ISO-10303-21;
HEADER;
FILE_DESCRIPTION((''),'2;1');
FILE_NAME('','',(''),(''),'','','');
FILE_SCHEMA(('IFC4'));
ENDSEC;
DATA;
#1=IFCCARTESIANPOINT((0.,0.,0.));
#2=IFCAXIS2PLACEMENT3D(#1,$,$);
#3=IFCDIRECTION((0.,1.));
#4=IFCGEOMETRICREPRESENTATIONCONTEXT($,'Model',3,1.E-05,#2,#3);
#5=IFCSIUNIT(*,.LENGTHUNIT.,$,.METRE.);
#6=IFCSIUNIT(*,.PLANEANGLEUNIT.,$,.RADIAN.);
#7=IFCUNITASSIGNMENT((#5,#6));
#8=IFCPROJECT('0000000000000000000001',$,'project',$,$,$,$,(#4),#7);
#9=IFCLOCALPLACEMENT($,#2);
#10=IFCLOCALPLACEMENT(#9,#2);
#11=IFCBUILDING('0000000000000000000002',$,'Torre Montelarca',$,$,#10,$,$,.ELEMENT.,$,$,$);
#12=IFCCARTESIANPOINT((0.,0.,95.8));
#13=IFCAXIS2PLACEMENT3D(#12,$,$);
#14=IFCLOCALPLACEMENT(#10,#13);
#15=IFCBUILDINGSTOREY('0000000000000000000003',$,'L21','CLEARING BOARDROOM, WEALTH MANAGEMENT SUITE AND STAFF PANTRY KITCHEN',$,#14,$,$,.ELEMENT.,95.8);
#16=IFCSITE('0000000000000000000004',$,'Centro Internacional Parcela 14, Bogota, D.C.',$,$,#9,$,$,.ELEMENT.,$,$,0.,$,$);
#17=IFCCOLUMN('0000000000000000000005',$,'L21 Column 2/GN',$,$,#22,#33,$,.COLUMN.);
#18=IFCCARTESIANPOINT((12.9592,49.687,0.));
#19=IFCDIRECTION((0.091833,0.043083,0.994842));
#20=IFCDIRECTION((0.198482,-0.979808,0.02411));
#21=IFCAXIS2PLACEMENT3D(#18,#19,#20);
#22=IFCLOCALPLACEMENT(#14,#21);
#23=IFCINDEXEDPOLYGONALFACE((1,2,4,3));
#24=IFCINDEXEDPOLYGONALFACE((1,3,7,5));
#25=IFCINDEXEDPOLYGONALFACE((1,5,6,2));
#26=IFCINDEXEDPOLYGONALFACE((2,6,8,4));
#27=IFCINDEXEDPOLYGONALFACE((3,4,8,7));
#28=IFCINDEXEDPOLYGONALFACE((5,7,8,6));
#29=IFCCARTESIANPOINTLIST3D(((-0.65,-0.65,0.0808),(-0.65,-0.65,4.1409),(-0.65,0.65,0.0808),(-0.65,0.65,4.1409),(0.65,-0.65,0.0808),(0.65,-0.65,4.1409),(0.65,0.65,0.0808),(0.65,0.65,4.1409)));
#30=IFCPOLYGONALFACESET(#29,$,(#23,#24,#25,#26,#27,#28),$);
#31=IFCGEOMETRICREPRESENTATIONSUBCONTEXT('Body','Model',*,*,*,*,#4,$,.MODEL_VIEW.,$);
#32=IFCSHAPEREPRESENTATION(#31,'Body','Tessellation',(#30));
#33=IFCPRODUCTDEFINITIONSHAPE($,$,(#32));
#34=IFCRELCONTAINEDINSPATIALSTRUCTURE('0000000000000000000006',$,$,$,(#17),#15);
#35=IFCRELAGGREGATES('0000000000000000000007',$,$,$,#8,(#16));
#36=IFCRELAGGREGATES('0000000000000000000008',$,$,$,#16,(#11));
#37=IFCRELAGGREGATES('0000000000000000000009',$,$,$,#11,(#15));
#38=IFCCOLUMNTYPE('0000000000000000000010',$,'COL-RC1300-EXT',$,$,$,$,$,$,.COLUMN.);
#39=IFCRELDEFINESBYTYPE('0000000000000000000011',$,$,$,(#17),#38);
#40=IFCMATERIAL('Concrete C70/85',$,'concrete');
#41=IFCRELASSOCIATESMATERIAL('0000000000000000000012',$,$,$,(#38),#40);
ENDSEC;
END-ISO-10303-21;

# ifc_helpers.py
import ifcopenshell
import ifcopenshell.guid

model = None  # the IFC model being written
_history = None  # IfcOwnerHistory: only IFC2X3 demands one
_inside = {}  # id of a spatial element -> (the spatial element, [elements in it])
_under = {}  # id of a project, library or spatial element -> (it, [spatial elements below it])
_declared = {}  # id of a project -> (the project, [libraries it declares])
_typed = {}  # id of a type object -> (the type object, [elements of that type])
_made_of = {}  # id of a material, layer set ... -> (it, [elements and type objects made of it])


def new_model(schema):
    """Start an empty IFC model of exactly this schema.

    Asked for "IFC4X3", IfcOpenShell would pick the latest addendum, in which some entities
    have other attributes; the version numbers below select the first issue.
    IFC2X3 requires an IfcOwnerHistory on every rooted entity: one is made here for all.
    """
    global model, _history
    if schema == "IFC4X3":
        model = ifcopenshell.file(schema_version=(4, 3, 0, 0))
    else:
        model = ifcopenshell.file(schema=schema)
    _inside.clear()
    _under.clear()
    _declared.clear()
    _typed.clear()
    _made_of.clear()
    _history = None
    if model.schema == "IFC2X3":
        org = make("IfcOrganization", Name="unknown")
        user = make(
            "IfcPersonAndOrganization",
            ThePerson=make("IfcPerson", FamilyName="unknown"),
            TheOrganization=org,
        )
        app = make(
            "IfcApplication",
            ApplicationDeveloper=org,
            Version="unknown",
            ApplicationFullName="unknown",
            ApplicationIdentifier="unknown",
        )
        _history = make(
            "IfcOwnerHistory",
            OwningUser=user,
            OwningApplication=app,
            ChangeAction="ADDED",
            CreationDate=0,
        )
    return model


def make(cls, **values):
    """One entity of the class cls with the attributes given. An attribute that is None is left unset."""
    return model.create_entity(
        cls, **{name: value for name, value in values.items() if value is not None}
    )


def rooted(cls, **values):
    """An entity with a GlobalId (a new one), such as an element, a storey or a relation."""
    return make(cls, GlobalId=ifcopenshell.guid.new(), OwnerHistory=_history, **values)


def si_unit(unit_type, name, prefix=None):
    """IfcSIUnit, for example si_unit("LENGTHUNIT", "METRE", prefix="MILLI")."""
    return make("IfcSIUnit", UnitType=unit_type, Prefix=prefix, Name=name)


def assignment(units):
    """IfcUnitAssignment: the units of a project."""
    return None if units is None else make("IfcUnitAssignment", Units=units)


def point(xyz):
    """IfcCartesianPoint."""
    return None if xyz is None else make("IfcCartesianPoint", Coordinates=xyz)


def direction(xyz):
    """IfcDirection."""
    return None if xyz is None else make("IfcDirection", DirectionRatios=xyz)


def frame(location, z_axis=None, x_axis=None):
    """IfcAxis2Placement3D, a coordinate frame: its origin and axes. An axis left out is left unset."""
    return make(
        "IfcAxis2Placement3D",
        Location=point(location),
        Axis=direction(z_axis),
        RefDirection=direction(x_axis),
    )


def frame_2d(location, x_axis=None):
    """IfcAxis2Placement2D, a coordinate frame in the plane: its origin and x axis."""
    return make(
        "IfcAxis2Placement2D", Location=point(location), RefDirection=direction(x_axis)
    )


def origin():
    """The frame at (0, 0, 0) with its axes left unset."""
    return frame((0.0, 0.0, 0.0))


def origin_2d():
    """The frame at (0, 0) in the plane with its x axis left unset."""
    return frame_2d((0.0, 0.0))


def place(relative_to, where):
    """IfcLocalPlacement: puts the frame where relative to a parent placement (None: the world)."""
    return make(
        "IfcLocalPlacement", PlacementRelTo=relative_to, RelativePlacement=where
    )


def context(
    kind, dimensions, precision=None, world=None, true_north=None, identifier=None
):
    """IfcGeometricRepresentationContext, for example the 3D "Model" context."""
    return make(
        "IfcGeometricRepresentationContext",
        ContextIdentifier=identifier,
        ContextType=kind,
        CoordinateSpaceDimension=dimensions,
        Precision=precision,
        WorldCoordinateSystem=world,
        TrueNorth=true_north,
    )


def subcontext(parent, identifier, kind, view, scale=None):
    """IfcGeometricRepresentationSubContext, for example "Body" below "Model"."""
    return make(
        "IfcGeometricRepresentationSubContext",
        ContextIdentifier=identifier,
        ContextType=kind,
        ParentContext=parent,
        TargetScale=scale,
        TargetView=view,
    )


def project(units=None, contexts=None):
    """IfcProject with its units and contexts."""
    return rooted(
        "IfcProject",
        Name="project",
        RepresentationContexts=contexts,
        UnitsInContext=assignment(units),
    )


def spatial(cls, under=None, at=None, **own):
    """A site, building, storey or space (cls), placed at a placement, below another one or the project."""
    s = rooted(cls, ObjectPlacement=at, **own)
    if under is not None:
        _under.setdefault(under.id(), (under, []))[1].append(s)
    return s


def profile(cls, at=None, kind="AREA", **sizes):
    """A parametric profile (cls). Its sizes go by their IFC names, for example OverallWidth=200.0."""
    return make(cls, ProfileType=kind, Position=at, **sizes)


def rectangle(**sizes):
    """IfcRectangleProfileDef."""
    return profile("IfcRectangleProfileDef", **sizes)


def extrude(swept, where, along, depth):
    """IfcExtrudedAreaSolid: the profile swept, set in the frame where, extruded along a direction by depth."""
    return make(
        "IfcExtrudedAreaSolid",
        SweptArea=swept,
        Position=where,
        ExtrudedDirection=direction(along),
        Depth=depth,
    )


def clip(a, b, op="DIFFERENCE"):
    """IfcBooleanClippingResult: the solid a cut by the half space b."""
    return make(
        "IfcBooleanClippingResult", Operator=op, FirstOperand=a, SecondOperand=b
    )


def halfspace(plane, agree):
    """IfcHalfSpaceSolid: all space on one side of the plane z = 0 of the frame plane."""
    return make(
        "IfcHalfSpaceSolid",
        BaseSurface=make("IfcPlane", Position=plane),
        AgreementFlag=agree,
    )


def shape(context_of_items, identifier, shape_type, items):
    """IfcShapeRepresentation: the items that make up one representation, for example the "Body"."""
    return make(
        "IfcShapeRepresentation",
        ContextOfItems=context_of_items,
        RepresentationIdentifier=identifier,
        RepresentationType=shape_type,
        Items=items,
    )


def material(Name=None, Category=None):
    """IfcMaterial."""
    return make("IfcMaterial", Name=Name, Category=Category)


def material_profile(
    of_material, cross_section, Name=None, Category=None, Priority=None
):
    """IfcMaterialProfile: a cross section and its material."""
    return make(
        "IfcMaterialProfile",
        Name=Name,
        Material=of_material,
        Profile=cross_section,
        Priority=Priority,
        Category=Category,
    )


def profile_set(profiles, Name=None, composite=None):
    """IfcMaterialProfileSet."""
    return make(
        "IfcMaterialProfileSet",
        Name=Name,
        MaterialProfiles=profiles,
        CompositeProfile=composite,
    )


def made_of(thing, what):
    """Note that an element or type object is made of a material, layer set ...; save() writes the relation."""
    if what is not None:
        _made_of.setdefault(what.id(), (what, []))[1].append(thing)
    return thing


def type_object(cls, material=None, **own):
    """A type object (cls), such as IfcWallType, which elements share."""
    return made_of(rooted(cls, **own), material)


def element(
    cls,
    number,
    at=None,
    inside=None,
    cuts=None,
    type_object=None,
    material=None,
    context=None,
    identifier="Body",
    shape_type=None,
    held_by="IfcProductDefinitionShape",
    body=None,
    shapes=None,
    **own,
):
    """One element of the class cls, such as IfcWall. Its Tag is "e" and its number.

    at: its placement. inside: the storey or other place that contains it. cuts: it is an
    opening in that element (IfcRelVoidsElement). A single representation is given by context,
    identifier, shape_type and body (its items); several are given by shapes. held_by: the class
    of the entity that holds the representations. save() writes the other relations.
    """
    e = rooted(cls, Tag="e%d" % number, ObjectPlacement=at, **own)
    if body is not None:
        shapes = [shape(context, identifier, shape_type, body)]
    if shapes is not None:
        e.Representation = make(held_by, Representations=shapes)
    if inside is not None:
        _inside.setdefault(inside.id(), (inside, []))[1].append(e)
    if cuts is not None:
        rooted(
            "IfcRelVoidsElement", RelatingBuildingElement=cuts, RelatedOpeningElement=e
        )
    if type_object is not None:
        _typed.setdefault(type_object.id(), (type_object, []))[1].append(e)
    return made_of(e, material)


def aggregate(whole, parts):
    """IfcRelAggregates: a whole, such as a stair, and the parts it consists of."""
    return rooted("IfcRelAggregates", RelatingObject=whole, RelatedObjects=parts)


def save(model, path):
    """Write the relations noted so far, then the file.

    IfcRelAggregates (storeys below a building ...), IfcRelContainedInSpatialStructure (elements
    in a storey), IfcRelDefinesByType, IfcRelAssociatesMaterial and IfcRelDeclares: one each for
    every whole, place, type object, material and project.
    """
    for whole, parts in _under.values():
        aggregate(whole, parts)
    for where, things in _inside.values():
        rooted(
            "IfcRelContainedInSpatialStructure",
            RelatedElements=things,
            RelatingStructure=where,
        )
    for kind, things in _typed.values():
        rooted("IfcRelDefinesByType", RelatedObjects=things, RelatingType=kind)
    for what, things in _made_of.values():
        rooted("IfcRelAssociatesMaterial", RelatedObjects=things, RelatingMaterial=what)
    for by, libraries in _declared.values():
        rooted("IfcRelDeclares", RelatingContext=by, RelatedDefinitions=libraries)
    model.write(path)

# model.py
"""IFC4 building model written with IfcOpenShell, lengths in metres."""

from ifc_helpers import new_model, si_unit, direction, frame, origin, origin_2d, place, context, subcontext, project, spatial, rectangle, extrude, clip, halfspace, material, material_profile, profile_set, type_object, element, save


model = new_model("IFC4")

# Units and contexts
model_context = context("Model", 3, precision=1e-05, world=origin(), true_north=direction((0.0, 1.0)))
body_context = subcontext(model_context, "Body", "Model", "MODEL_VIEW")
ifc_project = project(units=[si_unit("LENGTHUNIT", "METRE"), si_unit("PLANEANGLEUNIT", "RADIAN")], contexts=[model_context])

# Site, building, storey
site_placement = place(None, origin())
site = spatial("IfcSite", under=ifc_project, at=site_placement, Name="Centro Internacional Parcela 14, Bogota, D.C.", CompositionType="ELEMENT", RefElevation=0.0)
building_placement = place(site_placement, origin())
building = spatial("IfcBuilding", under=site, at=building_placement, Name="Torre Montelarca", CompositionType="ELEMENT")
storey_placement = place(building_placement, frame((0.0, 0.0, 95.8)))
storey = spatial("IfcBuildingStorey", under=building, at=storey_placement, Name="L21", Description="CLEARING BOARDROOM, WEALTH MANAGEMENT SUITE AND STAFF PANTRY KITCHEN", CompositionType="ELEMENT", Elevation=95.8)

# Column
ifc_material_1 = material(Name="Concrete C70/85", Category="concrete")
ifc_material_profile_1 = material_profile(ifc_material_1, rectangle(XDim=1.3, YDim=1.3, at=origin_2d()), Name="RC1300X1300", Category="concrete")
ifc_profile_set_1 = profile_set([ifc_material_profile_1], Name="Concrete C70/85")
column_type_1 = type_object("IfcColumnType", Name="COL-RC1300-EXT", PredefinedType="COLUMN", material=ifc_profile_set_1)
column_1_placement = place(storey_placement, frame((12.9592, 49.687, 0.0), z_axis=(0.091833, 0.043083, 0.994842), x_axis=(0.198482, -0.979808, 0.02411)))
element("IfcColumn", 1, at=column_1_placement, inside=storey, type_object=column_type_1, Name="L21 Column 2/GN", PredefinedType="COLUMN", context=body_context, shape_type="Clipping", body=[
    clip(clip(extrude(rectangle(XDim=1.3, YDim=1.3, at=origin_2d()), origin(), (0.0, 0.0, 1.0), 4.2217), halfspace(frame((0.0, 0.0, 0.0808), z_axis=(0.0, 0.0, -1.0), x_axis=(1.0, 0.0, 0.0)), False)), halfspace(frame((0.0, 0.0, 4.1409), z_axis=(0.0, 0.0, 1.0), x_axis=(1.0, 0.0, 0.0)), False)),
])

save(model, "model.ifc")
